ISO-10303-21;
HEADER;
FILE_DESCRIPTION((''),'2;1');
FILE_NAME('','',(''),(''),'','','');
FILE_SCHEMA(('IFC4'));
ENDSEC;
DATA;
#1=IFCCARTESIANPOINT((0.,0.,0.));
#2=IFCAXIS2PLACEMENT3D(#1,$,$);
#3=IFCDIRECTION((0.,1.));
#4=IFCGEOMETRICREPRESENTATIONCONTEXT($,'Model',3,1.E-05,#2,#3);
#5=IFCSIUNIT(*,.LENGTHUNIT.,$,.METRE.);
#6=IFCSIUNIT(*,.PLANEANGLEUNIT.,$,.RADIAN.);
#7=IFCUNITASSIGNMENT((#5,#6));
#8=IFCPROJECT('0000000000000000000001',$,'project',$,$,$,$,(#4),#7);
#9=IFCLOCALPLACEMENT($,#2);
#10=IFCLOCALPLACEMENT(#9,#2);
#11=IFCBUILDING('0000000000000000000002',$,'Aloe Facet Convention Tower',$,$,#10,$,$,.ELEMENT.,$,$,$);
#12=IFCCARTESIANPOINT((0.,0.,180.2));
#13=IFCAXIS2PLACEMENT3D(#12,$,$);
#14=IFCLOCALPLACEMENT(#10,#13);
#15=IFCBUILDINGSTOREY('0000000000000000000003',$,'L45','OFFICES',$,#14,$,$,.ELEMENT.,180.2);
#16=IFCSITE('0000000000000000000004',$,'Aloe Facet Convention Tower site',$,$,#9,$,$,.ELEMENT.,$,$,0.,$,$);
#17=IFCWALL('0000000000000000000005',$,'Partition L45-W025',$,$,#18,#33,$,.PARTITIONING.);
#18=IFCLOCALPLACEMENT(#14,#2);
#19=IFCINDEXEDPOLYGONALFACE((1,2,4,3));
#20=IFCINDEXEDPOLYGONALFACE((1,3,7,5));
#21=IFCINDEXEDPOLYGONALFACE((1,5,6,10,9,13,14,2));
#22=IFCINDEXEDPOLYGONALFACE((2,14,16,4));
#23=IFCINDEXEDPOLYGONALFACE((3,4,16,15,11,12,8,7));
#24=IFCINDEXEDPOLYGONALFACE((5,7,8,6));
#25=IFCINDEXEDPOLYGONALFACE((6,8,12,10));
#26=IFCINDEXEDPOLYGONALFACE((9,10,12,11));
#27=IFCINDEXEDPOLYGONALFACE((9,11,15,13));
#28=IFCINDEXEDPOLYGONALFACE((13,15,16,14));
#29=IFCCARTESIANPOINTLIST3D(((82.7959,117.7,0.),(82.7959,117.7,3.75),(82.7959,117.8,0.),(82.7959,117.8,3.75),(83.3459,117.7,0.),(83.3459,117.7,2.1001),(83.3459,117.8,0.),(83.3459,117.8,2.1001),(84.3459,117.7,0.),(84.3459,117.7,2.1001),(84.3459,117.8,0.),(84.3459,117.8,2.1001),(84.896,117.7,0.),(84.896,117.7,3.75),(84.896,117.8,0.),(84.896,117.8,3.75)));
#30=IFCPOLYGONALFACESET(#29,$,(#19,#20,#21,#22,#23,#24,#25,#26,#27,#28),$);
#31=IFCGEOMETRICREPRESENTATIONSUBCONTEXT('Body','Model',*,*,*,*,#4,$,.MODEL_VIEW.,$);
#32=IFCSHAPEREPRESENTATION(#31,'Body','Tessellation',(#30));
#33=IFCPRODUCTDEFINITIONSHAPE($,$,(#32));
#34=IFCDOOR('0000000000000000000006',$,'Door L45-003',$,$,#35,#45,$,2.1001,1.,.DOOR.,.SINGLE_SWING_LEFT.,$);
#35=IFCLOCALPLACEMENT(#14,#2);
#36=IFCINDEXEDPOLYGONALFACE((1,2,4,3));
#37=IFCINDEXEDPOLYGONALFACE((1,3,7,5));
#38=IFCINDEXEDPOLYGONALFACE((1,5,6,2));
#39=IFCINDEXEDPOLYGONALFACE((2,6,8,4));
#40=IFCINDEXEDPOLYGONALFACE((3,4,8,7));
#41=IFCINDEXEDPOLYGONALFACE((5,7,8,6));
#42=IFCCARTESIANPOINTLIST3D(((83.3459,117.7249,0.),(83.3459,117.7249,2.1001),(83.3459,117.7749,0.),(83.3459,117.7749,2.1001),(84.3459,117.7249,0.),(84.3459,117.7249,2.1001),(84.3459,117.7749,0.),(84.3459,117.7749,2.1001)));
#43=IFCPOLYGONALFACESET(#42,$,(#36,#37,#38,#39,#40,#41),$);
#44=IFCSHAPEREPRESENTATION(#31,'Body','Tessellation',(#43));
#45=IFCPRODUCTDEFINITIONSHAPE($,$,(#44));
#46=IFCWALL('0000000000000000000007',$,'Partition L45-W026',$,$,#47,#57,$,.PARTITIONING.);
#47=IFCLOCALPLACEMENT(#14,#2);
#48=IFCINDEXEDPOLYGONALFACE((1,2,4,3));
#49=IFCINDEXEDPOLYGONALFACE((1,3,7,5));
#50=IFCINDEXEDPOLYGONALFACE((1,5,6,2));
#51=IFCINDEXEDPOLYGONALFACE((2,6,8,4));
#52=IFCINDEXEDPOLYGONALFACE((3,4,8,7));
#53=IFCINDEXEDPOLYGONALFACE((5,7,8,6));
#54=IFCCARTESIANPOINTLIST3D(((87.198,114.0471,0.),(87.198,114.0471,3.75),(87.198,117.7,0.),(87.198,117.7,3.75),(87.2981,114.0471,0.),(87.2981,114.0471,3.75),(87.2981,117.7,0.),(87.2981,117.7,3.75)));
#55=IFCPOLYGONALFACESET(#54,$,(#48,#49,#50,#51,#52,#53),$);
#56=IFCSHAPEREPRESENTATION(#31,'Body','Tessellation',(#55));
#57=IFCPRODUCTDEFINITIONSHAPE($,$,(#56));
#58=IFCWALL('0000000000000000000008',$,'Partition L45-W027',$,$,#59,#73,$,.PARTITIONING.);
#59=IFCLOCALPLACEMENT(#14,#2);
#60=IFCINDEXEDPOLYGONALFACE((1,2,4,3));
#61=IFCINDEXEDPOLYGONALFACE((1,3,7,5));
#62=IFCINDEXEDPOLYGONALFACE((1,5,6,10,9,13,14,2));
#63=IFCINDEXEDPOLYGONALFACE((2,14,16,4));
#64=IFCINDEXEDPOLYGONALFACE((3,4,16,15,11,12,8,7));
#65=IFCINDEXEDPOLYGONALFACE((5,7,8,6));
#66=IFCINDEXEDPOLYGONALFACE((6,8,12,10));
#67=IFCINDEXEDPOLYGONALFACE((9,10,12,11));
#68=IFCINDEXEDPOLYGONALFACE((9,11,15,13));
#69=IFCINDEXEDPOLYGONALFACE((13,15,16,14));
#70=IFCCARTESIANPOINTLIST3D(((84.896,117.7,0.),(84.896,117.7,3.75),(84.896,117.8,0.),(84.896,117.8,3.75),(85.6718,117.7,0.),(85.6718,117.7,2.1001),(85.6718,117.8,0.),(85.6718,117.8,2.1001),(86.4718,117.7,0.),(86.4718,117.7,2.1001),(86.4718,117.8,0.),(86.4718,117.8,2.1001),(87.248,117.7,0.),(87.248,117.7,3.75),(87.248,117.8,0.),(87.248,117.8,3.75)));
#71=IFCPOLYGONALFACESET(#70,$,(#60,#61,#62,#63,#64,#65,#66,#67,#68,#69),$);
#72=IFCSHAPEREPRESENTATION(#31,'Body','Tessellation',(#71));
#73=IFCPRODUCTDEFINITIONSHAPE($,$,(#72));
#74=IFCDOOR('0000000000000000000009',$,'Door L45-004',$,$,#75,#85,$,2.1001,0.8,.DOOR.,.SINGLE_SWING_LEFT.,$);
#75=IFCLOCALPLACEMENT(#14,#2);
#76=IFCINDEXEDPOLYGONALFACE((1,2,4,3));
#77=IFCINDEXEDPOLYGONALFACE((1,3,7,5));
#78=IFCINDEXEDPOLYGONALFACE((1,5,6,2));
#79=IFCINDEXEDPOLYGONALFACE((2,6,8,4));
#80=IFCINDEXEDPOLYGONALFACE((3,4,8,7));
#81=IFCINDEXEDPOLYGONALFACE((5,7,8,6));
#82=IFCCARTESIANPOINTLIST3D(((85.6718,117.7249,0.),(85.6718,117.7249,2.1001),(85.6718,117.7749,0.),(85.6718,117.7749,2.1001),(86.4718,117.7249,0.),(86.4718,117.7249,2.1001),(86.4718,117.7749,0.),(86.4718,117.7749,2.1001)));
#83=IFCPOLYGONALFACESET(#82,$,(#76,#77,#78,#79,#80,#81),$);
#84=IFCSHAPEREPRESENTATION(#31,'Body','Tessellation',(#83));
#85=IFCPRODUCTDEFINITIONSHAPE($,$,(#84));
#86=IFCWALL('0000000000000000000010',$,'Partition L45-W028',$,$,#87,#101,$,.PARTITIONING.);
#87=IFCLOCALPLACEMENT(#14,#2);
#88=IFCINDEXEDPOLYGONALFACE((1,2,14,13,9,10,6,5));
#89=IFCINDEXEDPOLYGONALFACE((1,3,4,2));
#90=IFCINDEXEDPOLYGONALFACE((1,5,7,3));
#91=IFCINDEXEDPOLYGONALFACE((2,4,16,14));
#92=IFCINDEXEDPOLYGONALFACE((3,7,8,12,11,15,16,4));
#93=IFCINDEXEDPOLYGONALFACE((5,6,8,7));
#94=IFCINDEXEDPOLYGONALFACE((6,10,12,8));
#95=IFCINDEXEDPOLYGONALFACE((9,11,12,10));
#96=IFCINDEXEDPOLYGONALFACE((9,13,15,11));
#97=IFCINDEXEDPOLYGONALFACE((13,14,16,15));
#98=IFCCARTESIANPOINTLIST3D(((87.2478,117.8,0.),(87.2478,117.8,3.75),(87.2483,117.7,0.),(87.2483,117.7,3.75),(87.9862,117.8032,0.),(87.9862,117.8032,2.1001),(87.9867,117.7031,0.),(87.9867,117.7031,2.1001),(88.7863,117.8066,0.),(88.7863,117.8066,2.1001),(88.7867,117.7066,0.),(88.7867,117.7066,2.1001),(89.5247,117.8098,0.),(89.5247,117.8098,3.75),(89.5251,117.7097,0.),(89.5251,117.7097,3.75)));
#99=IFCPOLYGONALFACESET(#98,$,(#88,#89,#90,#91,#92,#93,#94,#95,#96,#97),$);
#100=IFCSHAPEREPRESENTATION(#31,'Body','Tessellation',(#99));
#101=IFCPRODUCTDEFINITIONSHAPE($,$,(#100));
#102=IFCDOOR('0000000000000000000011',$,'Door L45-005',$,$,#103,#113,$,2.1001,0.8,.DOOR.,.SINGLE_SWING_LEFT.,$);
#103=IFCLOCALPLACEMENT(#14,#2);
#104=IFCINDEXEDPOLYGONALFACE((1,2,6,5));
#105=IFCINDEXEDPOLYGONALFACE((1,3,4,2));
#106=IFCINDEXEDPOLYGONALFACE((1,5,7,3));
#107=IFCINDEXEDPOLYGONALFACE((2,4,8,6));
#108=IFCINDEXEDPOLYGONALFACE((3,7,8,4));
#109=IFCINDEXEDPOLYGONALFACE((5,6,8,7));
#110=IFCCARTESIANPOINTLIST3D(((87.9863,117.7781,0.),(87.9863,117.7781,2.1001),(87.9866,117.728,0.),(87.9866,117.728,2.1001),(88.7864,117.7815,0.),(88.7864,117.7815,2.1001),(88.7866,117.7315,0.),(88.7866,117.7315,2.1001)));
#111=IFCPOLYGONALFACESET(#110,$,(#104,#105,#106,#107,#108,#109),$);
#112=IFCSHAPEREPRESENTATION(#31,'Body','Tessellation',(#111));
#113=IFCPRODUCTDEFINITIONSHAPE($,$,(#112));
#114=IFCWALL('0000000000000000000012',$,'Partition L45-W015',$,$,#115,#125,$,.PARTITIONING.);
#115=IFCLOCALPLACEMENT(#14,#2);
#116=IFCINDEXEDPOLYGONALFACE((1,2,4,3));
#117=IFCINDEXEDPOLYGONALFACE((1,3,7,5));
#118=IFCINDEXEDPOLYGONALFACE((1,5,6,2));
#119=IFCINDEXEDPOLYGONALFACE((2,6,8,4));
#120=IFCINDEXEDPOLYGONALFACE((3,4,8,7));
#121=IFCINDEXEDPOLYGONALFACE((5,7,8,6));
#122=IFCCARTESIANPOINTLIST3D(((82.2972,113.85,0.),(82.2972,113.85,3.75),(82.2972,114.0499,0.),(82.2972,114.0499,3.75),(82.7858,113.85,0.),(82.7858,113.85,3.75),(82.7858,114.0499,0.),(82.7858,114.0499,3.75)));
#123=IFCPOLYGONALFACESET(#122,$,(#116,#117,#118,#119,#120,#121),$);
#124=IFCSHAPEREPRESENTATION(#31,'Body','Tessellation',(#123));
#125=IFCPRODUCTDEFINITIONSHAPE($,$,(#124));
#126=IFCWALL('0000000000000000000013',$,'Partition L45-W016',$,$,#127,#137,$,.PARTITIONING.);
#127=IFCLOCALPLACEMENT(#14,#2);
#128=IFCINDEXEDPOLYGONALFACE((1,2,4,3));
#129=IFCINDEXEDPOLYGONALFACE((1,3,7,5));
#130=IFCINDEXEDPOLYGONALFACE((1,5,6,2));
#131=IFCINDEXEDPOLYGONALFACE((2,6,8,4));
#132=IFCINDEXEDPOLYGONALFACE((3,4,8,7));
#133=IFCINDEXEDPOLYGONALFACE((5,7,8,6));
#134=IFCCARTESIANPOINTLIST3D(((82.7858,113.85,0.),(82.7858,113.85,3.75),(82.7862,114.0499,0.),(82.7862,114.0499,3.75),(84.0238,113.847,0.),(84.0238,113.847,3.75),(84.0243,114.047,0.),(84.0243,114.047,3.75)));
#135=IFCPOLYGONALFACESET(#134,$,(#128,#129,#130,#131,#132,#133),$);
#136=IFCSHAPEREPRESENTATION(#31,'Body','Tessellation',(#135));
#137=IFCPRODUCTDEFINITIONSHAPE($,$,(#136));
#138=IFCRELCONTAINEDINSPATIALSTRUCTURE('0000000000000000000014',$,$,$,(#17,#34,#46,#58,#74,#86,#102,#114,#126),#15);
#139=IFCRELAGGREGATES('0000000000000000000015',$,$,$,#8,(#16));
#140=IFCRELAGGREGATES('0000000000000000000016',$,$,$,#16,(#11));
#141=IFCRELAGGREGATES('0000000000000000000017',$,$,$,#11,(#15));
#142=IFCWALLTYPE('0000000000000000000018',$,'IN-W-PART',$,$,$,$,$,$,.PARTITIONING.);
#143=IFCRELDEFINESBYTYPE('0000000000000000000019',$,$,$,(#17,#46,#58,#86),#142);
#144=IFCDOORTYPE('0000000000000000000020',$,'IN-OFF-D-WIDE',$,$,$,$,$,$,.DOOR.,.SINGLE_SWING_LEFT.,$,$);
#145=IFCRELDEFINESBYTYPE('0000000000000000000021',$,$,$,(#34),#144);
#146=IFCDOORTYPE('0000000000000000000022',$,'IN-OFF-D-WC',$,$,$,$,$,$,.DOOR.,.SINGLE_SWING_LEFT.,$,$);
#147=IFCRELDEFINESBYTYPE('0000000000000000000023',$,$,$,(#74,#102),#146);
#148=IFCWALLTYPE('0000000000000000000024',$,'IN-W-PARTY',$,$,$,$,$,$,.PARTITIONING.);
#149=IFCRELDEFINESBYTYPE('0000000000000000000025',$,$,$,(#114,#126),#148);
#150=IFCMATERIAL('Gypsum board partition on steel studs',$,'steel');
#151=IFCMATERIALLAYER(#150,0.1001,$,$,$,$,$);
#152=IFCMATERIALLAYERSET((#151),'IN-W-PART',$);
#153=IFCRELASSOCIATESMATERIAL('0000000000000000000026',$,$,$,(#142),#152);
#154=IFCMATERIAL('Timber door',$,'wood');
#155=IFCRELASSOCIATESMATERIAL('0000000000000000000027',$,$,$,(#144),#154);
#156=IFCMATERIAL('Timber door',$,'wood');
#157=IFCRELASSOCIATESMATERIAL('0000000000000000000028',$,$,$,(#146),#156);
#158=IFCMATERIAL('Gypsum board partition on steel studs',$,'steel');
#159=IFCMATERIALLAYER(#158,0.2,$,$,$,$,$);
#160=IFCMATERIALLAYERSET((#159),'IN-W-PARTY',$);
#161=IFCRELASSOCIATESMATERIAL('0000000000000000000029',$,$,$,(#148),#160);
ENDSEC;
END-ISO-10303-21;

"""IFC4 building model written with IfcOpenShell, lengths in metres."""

from ifc_helpers import new_model, si_unit, direction, frame, frame_2d, origin, place, context, subcontext, project, spatial, rectangle, extrude, material, layer, layer_set, type_object, element, fill, save


model = new_model("IFC4")

# Units and contexts
model_context = context("Model", 3, precision=1e-05, world=origin(), true_north=direction((0.0, 1.0)))
body_context = subcontext(model_context, "Body", "Model", "MODEL_VIEW")
ifc_project = project(units=[si_unit("LENGTHUNIT", "METRE"), si_unit("PLANEANGLEUNIT", "RADIAN")], contexts=[model_context])

# Site, building, storey
site_placement = place(None, origin())
site = spatial("IfcSite", under=ifc_project, at=site_placement, Name="Aloe Facet Convention Tower site", CompositionType="ELEMENT", RefElevation=0.0)
building_placement = place(site_placement, origin())
building = spatial("IfcBuilding", under=site, at=building_placement, Name="Aloe Facet Convention Tower", CompositionType="ELEMENT")
storey_placement = place(building_placement, frame((0.0, 0.0, 180.2)))
storey = spatial("IfcBuildingStorey", under=building, at=storey_placement, Name="L45", Description="OFFICES", CompositionType="ELEMENT", Elevation=180.2)

# Shared definitions
ifc_material_1 = material(Name="Gypsum board partition on steel studs", Category="steel")
ifc_layer_1 = layer(ifc_material_1, 0.1001)
ifc_layer_set_1 = layer_set([ifc_layer_1], Name="IN-W-PART")
wall_type_1 = type_object("IfcWallType", Name="IN-W-PART", PredefinedType="PARTITIONING", material=ifc_layer_set_1)

# Wall, opening, door
wall_1_placement = place(storey_placement, frame((82.7959, 117.75, 0.0), z_axis=(0.0, 0.0, 1.0), x_axis=(1.0, 0.0, 0.0)))
wall_1 = element("IfcWall", 1, at=wall_1_placement, inside=storey, type_object=wall_type_1, Name="Partition L45-W025", PredefinedType="PARTITIONING", context=body_context, shape_type="SweptSolid", body=[
    extrude(rectangle(XDim=2.1001, YDim=0.1001, at=frame_2d((1.05, 0.0))), origin(), (0.0, 0.0, 1.0), 3.75),
])
opening_1_placement = place(wall_1_placement, frame((0.55, 0.0, 0.0)))
opening_1 = element("IfcOpeningElement", 2, at=opening_1_placement, cuts=wall_1, PredefinedType="OPENING", context=body_context, shape_type="SweptSolid", body=[
    extrude(rectangle(XDim=1.0, YDim=2.1001, at=frame_2d((0.5, 1.05))), frame((0.0, 0.0601, 0.0), z_axis=(0.0, -1.0, 0.0), x_axis=(1.0, 0.0, 0.0)), (0.0, 0.0, 1.0), 0.1201),
])
ifc_material_2 = material(Name="Timber door", Category="wood")
door_type_1 = type_object("IfcDoorType", Name="IN-OFF-D-WIDE", OperationType="SINGLE_SWING_LEFT", PredefinedType="DOOR", material=ifc_material_2)
door_1_placement = place(opening_1_placement, origin())
door_1 = element("IfcDoor", 3, at=door_1_placement, inside=storey, type_object=door_type_1, Name="Door L45-003", OperationType="SINGLE_SWING_LEFT", OverallHeight=2.1001, OverallWidth=1.0, PredefinedType="DOOR", context=body_context, shape_type="SweptSolid", body=[
    extrude(rectangle(XDim=1.0, YDim=2.1001, at=frame_2d((0.5, 1.05))), frame((0.0, 0.0249, 0.0), z_axis=(0.0, -1.0, 0.0), x_axis=(1.0, 0.0, 0.0)), (0.0, 0.0, 1.0), 0.05),
])
fill(opening_1, door_1)

# Wall
wall_2_placement = place(storey_placement, frame((87.248, 114.0471, 0.0), z_axis=(0.0, 0.0, 1.0), x_axis=(0.0, 1.0, 0.0)))
element("IfcWall", 4, at=wall_2_placement, inside=storey, type_object=wall_type_1, Name="Partition L45-W026", PredefinedType="PARTITIONING", context=body_context, shape_type="SweptSolid", body=[
    extrude(rectangle(XDim=3.6528, YDim=0.1001, at=frame_2d((1.8264, 0.0))), origin(), (0.0, 0.0, 1.0), 3.75),
])

# Walls, openings, doors
wall_3_placement = place(storey_placement, frame((84.896, 117.75, 0.0), z_axis=(0.0, 0.0, 1.0), x_axis=(1.0, 0.0, 0.0)))
wall_3 = element("IfcWall", 5, at=wall_3_placement, inside=storey, type_object=wall_type_1, Name="Partition L45-W027", PredefinedType="PARTITIONING", context=body_context, shape_type="SweptSolid", body=[
    extrude(rectangle(XDim=2.3521, YDim=0.1001, at=frame_2d((1.176, 0.0))), origin(), (0.0, 0.0, 1.0), 3.75),
])
opening_2_placement = place(wall_3_placement, frame((0.7759, 0.0, 0.0)))
opening_2 = element("IfcOpeningElement", 6, at=opening_2_placement, cuts=wall_3, PredefinedType="OPENING", context=body_context, shape_type="SweptSolid", body=[
    extrude(rectangle(XDim=0.8, YDim=2.1001, at=frame_2d((0.3999, 1.05))), frame((0.0, 0.0601, 0.0), z_axis=(0.0, -1.0, 0.0), x_axis=(1.0, 0.0, 0.0)), (0.0, 0.0, 1.0), 0.1201),
])
ifc_material_3 = material(Name="Timber door", Category="wood")
door_type_2 = type_object("IfcDoorType", Name="IN-OFF-D-WC", OperationType="SINGLE_SWING_LEFT", PredefinedType="DOOR", material=ifc_material_3)
door_2_placement = place(opening_2_placement, origin())
door_2 = element("IfcDoor", 7, at=door_2_placement, inside=storey, type_object=door_type_2, Name="Door L45-004", OperationType="SINGLE_SWING_LEFT", OverallHeight=2.1001, OverallWidth=0.8, PredefinedType="DOOR", context=body_context, shape_type="SweptSolid", body=[
    extrude(rectangle(XDim=0.8, YDim=2.1001, at=frame_2d((0.3999, 1.05))), frame((0.0, 0.0249, 0.0), z_axis=(0.0, -1.0, 0.0), x_axis=(1.0, 0.0, 0.0)), (0.0, 0.0, 1.0), 0.05),
])
fill(opening_2, door_2)
wall_4_placement = place(storey_placement, frame((87.248, 117.75, 0.0), z_axis=(0.0, 0.0, 1.0), x_axis=(0.999991, 0.004289, 0.0)))
wall_4 = element("IfcWall", 8, at=wall_4_placement, inside=storey, type_object=wall_type_1, Name="Partition L45-W028", PredefinedType="PARTITIONING", context=body_context, shape_type="SweptSolid", body=[
    extrude(rectangle(XDim=2.2769, YDim=0.1001, at=frame_2d((1.1384, 0.0))), origin(), (0.0, 0.0, 1.0), 3.75),
])
opening_3_placement = place(wall_4_placement, frame((0.7385, 0.0, 0.0)))
opening_3 = element("IfcOpeningElement", 9, at=opening_3_placement, cuts=wall_4, PredefinedType="OPENING", context=body_context, shape_type="SweptSolid", body=[
    extrude(rectangle(XDim=0.8, YDim=2.1001, at=frame_2d((0.3999, 1.05))), frame((0.0, 0.0601, 0.0), z_axis=(0.0, -1.0, 0.0), x_axis=(1.0, 0.0, 0.0)), (0.0, 0.0, 1.0), 0.1201),
])
door_3_placement = place(opening_3_placement, origin())
door_3 = element("IfcDoor", 10, at=door_3_placement, inside=storey, type_object=door_type_2, Name="Door L45-005", OperationType="SINGLE_SWING_LEFT", OverallHeight=2.1001, OverallWidth=0.8, PredefinedType="DOOR", context=body_context, shape_type="SweptSolid", body=[
    extrude(rectangle(XDim=0.8, YDim=2.1001, at=frame_2d((0.3999, 1.05))), frame((0.0, 0.0249, 0.0), z_axis=(0.0, -1.0, 0.0), x_axis=(1.0, 0.0, 0.0)), (0.0, 0.0, 1.0), 0.05),
])
fill(opening_3, door_3)

# Walls
ifc_material_4 = material(Name="Gypsum board partition on steel studs", Category="steel")
ifc_layer_2 = layer(ifc_material_4, 0.2)
ifc_layer_set_2 = layer_set([ifc_layer_2], Name="IN-W-PARTY")
wall_type_2 = type_object("IfcWallType", Name="IN-W-PARTY", PredefinedType="PARTITIONING", material=ifc_layer_set_2)
wall_5_placement = place(storey_placement, frame((82.2974, 113.95, 0.0), z_axis=(0.0, 0.0, 1.0), x_axis=(1.0, 0.0, 0.0)))
element("IfcWall", 11, at=wall_5_placement, inside=storey, type_object=wall_type_2, Name="Partition L45-W015", PredefinedType="PARTITIONING", context=body_context, shape_type="SweptSolid", body=[
    extrude(rectangle(XDim=0.4885, YDim=0.2, at=frame_2d((0.2441, 0.0))), origin(), (0.0, 0.0, 1.0), 3.75),
])
wall_6_placement = place(storey_placement, frame((82.7859, 113.95, 0.0), z_axis=(0.0, 0.0, 1.0), x_axis=(0.999997, -0.002366, 0.0)))
element("IfcWall", 12, at=wall_6_placement, inside=storey, type_object=wall_type_2, Name="Partition L45-W016", PredefinedType="PARTITIONING", context=body_context, shape_type="SweptSolid", body=[
    extrude(rectangle(XDim=1.238, YDim=0.2, at=frame_2d((0.6191, 0.0))), origin(), (0.0, 0.0, 1.0), 3.75),
])

save(model, "model.ifc")
